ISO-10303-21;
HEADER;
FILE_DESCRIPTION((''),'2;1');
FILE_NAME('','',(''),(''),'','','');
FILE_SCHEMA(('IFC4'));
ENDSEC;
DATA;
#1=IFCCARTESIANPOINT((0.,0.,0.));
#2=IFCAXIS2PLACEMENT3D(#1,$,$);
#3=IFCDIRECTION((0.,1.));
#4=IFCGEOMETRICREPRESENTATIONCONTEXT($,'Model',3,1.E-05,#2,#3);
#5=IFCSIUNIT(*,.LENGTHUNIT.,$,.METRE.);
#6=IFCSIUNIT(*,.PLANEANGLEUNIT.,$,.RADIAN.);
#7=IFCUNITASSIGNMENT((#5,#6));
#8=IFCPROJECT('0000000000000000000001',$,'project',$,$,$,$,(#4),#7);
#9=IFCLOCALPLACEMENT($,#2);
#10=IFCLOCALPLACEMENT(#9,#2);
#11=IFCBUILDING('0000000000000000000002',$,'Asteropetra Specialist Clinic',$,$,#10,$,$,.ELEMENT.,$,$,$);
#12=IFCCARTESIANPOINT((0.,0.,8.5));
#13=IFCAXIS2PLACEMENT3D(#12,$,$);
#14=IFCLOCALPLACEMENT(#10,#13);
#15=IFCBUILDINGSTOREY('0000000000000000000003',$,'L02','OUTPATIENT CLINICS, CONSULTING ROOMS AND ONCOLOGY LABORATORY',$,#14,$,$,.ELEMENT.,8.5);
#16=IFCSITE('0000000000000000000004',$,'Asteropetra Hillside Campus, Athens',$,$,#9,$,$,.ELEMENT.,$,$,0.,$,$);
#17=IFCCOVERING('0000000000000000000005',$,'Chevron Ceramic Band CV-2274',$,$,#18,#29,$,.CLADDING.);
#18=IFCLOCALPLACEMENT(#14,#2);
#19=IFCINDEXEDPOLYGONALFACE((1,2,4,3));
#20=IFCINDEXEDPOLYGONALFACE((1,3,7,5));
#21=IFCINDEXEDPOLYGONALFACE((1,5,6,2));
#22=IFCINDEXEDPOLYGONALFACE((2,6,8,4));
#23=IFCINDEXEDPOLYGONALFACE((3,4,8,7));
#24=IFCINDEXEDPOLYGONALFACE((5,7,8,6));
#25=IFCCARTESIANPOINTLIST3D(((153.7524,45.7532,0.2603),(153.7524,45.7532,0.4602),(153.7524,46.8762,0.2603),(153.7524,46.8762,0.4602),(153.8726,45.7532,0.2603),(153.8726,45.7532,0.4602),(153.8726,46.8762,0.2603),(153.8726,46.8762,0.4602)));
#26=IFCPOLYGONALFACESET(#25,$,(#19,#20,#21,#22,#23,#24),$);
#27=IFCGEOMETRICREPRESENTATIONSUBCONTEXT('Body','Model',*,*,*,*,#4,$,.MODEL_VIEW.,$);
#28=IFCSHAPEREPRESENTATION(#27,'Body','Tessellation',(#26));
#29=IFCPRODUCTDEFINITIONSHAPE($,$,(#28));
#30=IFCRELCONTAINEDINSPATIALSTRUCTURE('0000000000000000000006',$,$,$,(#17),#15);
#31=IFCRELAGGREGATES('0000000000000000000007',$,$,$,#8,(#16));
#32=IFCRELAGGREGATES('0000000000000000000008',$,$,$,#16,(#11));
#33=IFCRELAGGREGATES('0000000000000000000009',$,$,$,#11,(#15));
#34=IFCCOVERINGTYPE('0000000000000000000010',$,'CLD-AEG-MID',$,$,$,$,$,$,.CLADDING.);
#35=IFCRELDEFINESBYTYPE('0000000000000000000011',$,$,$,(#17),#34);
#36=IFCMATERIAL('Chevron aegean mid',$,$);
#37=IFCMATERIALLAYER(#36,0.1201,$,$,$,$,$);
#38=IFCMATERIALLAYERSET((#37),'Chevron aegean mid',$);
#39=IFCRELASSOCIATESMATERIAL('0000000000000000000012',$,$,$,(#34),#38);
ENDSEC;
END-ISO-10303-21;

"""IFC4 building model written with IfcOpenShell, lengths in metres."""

from ifc_helpers import new_model, si_unit, direction, frame, origin, origin_2d, place, context, subcontext, project, spatial, rectangle, extrude, material, layer, layer_set, type_object, element, save


model = new_model("IFC4")

# Units and contexts
model_context = context("Model", 3, precision=1e-05, world=origin(), true_north=direction((0.0, 1.0)))
body_context = subcontext(model_context, "Body", "Model", "MODEL_VIEW")
ifc_project = project(units=[si_unit("LENGTHUNIT", "METRE"), si_unit("PLANEANGLEUNIT", "RADIAN")], contexts=[model_context])

# Site, building, storey
site_placement = place(None, origin())
site = spatial("IfcSite", under=ifc_project, at=site_placement, Name="Asteropetra Hillside Campus, Athens", CompositionType="ELEMENT", RefElevation=0.0)
building_placement = place(site_placement, origin())
building = spatial("IfcBuilding", under=site, at=building_placement, Name="Asteropetra Specialist Clinic", CompositionType="ELEMENT")
storey_placement = place(building_placement, frame((0.0, 0.0, 8.5)))
storey = spatial("IfcBuildingStorey", under=building, at=storey_placement, Name="L02", Description="OUTPATIENT CLINICS, CONSULTING ROOMS AND ONCOLOGY LABORATORY", CompositionType="ELEMENT", Elevation=8.5)

# Covering
ifc_material_1 = material(Name="Chevron aegean mid")
ifc_layer_1 = layer(ifc_material_1, 0.1201)
ifc_layer_set_1 = layer_set([ifc_layer_1], Name="Chevron aegean mid")
covering_type = type_object("IfcCoveringType", Name="CLD-AEG-MID", PredefinedType="CLADDING", material=ifc_layer_set_1)
for number, where, z_axis, x_axis, name in (
    (1, (153.8125, 46.3147, 0.2603), (0.0, 0.0, 1.0), (1.0, 0.0, 0.0), "Chevron Ceramic Band CV-2274"),
):
    element("IfcCovering", number, at=place(storey_placement, frame(where, z_axis=z_axis, x_axis=x_axis)), inside=storey, type_object=covering_type, Name=name, PredefinedType="CLADDING", context=body_context, shape_type="SweptSolid", body=[
        extrude(rectangle(XDim=0.1201, YDim=1.123, at=origin_2d()), origin(), (0.0, 0.0, 1.0), 0.2),
    ])

save(model, "model.ifc")
